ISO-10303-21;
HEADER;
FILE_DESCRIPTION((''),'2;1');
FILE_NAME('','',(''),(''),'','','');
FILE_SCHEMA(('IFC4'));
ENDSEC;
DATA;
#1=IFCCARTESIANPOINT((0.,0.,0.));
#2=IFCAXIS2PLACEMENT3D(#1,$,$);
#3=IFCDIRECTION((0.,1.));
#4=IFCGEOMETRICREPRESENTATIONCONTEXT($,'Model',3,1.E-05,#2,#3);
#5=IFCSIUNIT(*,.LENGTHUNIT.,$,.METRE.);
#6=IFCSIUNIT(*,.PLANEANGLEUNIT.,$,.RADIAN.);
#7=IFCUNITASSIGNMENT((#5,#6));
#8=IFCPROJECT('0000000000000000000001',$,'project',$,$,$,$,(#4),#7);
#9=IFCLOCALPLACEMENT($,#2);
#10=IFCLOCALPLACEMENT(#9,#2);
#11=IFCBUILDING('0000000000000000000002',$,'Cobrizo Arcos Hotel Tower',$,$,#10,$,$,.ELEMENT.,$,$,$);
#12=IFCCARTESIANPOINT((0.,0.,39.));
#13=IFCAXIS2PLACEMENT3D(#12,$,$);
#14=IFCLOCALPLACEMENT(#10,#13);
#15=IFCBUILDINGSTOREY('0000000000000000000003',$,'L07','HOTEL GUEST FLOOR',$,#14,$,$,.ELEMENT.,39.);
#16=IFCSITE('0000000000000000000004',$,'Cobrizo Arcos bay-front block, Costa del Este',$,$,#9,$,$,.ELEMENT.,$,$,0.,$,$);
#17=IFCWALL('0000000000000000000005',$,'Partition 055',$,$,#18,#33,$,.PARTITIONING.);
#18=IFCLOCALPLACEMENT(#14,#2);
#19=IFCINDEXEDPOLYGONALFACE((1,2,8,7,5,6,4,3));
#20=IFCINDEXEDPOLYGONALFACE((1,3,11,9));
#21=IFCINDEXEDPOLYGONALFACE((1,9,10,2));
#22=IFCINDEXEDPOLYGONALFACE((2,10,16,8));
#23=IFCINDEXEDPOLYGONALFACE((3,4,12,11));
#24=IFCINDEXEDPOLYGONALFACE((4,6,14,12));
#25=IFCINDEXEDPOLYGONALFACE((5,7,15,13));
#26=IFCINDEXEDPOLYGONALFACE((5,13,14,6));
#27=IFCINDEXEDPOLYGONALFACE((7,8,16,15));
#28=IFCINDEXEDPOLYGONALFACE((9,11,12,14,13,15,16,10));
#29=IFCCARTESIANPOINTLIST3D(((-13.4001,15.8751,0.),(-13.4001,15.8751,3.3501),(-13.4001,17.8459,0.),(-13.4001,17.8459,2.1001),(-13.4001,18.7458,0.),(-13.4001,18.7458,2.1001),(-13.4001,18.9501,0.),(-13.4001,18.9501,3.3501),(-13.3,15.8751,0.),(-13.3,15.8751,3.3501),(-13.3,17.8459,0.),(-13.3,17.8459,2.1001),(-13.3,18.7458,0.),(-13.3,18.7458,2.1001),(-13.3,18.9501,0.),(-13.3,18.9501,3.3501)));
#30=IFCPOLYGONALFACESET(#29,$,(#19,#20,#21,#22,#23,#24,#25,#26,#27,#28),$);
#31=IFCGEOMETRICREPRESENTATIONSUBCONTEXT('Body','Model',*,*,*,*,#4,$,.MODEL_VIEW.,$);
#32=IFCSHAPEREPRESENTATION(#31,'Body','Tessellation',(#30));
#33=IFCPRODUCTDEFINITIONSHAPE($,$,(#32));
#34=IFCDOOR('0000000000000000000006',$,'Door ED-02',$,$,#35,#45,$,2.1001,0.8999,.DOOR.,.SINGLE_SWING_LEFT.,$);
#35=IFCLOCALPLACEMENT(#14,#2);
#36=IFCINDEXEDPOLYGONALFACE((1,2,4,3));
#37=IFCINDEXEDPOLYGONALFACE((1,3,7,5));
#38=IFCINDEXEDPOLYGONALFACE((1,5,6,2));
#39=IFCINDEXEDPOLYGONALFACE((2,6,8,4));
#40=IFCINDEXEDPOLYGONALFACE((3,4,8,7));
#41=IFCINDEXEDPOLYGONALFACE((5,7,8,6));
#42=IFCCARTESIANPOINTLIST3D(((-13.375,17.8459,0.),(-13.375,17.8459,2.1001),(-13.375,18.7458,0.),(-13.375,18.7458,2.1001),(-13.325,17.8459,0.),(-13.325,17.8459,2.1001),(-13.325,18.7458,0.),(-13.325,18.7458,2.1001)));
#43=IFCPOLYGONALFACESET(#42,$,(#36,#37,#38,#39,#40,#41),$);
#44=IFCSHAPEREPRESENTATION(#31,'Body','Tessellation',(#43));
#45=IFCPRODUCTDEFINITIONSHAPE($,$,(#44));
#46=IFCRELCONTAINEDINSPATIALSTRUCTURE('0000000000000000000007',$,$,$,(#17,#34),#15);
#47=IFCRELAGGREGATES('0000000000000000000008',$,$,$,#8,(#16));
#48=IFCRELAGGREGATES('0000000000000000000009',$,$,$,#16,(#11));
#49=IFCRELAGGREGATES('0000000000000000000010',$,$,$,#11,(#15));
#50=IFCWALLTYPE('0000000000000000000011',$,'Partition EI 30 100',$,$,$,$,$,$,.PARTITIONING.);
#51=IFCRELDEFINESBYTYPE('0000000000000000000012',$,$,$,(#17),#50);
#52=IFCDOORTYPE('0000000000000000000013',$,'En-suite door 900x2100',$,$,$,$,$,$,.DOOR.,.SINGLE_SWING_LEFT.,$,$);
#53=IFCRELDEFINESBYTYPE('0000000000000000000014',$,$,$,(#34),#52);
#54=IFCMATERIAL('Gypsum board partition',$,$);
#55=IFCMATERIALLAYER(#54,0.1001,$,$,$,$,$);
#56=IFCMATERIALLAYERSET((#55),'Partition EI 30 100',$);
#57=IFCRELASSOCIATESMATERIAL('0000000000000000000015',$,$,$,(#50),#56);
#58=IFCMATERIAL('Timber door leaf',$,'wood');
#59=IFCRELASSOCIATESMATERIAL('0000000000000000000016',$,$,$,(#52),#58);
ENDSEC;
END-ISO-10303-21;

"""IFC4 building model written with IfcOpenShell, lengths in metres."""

from ifc_helpers import new_model, si_unit, direction, frame, frame_2d, origin, place, context, subcontext, project, spatial, rectangle, extrude, material, layer, layer_set, type_object, element, fill, save


model = new_model("IFC4")

# Units and contexts
model_context = context("Model", 3, precision=1e-05, world=origin(), true_north=direction((0.0, 1.0)))
body_context = subcontext(model_context, "Body", "Model", "MODEL_VIEW")
ifc_project = project(units=[si_unit("LENGTHUNIT", "METRE"), si_unit("PLANEANGLEUNIT", "RADIAN")], contexts=[model_context])

# Site, building, storey
site_placement = place(None, origin())
site = spatial("IfcSite", under=ifc_project, at=site_placement, Name="Cobrizo Arcos bay-front block, Costa del Este", CompositionType="ELEMENT", RefElevation=0.0)
building_placement = place(site_placement, origin())
building = spatial("IfcBuilding", under=site, at=building_placement, Name="Cobrizo Arcos Hotel Tower", CompositionType="ELEMENT")
storey_placement = place(building_placement, frame((0.0, 0.0, 39.0)))
storey = spatial("IfcBuildingStorey", under=building, at=storey_placement, Name="L07", Description="HOTEL GUEST FLOOR", CompositionType="ELEMENT", Elevation=39.0)

# Shared definitions
ifc_material_1 = material(Name="Gypsum board partition")
ifc_material_2 = material(Name="Timber door leaf", Category="wood")

# Shared definitions
ifc_layer_1 = layer(ifc_material_1, 0.1001)
ifc_layer_set_1 = layer_set([ifc_layer_1], Name="Partition EI 30 100")
wall_type_1 = type_object("IfcWallType", Name="Partition EI 30 100", PredefinedType="PARTITIONING", material=ifc_layer_set_1)

# Wall, opening, door
wall_1_placement = place(storey_placement, frame((-13.3501, 15.875, 0.0), z_axis=(0.0, 0.0, 1.0), x_axis=(0.0, 1.0, 0.0)))
wall_1 = element("IfcWall", 1, at=wall_1_placement, inside=storey, type_object=wall_type_1, Name="Partition 055", PredefinedType="PARTITIONING", context=body_context, shape_type="SweptSolid", body=[
    extrude(rectangle(XDim=3.075, YDim=0.1001, at=frame_2d((1.5376, 0.0))), origin(), (0.0, 0.0, 1.0), 3.3501),
])
opening_1_placement = place(wall_1_placement, frame((1.9709, 0.0, 0.0)))
opening_1 = element("IfcOpeningElement", 2, at=opening_1_placement, cuts=wall_1, PredefinedType="OPENING", context=body_context, shape_type="SweptSolid", body=[
    extrude(rectangle(XDim=0.8999, YDim=2.1001, at=frame_2d((0.45, 1.05))), frame((0.0, 0.062, 0.0), z_axis=(0.0, -1.0, 0.0), x_axis=(1.0, 0.0, 0.0)), (0.0, 0.0, 1.0), 0.124),
])
door_type_1 = type_object("IfcDoorType", Name="En-suite door 900x2100", OperationType="SINGLE_SWING_LEFT", PredefinedType="DOOR", material=ifc_material_2)
door_1_placement = place(opening_1_placement, origin())
door_1 = element("IfcDoor", 3, at=door_1_placement, inside=storey, type_object=door_type_1, Name="Door ED-02", OperationType="SINGLE_SWING_LEFT", OverallHeight=2.1001, OverallWidth=0.8999, PredefinedType="DOOR", context=body_context, shape_type="SweptSolid", body=[
    extrude(rectangle(XDim=0.8999, YDim=2.1001, at=frame_2d((0.45, 1.05))), frame((0.0, 0.0249, 0.0), z_axis=(0.0, -1.0, 0.0), x_axis=(1.0, 0.0, 0.0)), (0.0, 0.0, 1.0), 0.05),
])
fill(opening_1, door_1)

save(model, "model.ifc")
